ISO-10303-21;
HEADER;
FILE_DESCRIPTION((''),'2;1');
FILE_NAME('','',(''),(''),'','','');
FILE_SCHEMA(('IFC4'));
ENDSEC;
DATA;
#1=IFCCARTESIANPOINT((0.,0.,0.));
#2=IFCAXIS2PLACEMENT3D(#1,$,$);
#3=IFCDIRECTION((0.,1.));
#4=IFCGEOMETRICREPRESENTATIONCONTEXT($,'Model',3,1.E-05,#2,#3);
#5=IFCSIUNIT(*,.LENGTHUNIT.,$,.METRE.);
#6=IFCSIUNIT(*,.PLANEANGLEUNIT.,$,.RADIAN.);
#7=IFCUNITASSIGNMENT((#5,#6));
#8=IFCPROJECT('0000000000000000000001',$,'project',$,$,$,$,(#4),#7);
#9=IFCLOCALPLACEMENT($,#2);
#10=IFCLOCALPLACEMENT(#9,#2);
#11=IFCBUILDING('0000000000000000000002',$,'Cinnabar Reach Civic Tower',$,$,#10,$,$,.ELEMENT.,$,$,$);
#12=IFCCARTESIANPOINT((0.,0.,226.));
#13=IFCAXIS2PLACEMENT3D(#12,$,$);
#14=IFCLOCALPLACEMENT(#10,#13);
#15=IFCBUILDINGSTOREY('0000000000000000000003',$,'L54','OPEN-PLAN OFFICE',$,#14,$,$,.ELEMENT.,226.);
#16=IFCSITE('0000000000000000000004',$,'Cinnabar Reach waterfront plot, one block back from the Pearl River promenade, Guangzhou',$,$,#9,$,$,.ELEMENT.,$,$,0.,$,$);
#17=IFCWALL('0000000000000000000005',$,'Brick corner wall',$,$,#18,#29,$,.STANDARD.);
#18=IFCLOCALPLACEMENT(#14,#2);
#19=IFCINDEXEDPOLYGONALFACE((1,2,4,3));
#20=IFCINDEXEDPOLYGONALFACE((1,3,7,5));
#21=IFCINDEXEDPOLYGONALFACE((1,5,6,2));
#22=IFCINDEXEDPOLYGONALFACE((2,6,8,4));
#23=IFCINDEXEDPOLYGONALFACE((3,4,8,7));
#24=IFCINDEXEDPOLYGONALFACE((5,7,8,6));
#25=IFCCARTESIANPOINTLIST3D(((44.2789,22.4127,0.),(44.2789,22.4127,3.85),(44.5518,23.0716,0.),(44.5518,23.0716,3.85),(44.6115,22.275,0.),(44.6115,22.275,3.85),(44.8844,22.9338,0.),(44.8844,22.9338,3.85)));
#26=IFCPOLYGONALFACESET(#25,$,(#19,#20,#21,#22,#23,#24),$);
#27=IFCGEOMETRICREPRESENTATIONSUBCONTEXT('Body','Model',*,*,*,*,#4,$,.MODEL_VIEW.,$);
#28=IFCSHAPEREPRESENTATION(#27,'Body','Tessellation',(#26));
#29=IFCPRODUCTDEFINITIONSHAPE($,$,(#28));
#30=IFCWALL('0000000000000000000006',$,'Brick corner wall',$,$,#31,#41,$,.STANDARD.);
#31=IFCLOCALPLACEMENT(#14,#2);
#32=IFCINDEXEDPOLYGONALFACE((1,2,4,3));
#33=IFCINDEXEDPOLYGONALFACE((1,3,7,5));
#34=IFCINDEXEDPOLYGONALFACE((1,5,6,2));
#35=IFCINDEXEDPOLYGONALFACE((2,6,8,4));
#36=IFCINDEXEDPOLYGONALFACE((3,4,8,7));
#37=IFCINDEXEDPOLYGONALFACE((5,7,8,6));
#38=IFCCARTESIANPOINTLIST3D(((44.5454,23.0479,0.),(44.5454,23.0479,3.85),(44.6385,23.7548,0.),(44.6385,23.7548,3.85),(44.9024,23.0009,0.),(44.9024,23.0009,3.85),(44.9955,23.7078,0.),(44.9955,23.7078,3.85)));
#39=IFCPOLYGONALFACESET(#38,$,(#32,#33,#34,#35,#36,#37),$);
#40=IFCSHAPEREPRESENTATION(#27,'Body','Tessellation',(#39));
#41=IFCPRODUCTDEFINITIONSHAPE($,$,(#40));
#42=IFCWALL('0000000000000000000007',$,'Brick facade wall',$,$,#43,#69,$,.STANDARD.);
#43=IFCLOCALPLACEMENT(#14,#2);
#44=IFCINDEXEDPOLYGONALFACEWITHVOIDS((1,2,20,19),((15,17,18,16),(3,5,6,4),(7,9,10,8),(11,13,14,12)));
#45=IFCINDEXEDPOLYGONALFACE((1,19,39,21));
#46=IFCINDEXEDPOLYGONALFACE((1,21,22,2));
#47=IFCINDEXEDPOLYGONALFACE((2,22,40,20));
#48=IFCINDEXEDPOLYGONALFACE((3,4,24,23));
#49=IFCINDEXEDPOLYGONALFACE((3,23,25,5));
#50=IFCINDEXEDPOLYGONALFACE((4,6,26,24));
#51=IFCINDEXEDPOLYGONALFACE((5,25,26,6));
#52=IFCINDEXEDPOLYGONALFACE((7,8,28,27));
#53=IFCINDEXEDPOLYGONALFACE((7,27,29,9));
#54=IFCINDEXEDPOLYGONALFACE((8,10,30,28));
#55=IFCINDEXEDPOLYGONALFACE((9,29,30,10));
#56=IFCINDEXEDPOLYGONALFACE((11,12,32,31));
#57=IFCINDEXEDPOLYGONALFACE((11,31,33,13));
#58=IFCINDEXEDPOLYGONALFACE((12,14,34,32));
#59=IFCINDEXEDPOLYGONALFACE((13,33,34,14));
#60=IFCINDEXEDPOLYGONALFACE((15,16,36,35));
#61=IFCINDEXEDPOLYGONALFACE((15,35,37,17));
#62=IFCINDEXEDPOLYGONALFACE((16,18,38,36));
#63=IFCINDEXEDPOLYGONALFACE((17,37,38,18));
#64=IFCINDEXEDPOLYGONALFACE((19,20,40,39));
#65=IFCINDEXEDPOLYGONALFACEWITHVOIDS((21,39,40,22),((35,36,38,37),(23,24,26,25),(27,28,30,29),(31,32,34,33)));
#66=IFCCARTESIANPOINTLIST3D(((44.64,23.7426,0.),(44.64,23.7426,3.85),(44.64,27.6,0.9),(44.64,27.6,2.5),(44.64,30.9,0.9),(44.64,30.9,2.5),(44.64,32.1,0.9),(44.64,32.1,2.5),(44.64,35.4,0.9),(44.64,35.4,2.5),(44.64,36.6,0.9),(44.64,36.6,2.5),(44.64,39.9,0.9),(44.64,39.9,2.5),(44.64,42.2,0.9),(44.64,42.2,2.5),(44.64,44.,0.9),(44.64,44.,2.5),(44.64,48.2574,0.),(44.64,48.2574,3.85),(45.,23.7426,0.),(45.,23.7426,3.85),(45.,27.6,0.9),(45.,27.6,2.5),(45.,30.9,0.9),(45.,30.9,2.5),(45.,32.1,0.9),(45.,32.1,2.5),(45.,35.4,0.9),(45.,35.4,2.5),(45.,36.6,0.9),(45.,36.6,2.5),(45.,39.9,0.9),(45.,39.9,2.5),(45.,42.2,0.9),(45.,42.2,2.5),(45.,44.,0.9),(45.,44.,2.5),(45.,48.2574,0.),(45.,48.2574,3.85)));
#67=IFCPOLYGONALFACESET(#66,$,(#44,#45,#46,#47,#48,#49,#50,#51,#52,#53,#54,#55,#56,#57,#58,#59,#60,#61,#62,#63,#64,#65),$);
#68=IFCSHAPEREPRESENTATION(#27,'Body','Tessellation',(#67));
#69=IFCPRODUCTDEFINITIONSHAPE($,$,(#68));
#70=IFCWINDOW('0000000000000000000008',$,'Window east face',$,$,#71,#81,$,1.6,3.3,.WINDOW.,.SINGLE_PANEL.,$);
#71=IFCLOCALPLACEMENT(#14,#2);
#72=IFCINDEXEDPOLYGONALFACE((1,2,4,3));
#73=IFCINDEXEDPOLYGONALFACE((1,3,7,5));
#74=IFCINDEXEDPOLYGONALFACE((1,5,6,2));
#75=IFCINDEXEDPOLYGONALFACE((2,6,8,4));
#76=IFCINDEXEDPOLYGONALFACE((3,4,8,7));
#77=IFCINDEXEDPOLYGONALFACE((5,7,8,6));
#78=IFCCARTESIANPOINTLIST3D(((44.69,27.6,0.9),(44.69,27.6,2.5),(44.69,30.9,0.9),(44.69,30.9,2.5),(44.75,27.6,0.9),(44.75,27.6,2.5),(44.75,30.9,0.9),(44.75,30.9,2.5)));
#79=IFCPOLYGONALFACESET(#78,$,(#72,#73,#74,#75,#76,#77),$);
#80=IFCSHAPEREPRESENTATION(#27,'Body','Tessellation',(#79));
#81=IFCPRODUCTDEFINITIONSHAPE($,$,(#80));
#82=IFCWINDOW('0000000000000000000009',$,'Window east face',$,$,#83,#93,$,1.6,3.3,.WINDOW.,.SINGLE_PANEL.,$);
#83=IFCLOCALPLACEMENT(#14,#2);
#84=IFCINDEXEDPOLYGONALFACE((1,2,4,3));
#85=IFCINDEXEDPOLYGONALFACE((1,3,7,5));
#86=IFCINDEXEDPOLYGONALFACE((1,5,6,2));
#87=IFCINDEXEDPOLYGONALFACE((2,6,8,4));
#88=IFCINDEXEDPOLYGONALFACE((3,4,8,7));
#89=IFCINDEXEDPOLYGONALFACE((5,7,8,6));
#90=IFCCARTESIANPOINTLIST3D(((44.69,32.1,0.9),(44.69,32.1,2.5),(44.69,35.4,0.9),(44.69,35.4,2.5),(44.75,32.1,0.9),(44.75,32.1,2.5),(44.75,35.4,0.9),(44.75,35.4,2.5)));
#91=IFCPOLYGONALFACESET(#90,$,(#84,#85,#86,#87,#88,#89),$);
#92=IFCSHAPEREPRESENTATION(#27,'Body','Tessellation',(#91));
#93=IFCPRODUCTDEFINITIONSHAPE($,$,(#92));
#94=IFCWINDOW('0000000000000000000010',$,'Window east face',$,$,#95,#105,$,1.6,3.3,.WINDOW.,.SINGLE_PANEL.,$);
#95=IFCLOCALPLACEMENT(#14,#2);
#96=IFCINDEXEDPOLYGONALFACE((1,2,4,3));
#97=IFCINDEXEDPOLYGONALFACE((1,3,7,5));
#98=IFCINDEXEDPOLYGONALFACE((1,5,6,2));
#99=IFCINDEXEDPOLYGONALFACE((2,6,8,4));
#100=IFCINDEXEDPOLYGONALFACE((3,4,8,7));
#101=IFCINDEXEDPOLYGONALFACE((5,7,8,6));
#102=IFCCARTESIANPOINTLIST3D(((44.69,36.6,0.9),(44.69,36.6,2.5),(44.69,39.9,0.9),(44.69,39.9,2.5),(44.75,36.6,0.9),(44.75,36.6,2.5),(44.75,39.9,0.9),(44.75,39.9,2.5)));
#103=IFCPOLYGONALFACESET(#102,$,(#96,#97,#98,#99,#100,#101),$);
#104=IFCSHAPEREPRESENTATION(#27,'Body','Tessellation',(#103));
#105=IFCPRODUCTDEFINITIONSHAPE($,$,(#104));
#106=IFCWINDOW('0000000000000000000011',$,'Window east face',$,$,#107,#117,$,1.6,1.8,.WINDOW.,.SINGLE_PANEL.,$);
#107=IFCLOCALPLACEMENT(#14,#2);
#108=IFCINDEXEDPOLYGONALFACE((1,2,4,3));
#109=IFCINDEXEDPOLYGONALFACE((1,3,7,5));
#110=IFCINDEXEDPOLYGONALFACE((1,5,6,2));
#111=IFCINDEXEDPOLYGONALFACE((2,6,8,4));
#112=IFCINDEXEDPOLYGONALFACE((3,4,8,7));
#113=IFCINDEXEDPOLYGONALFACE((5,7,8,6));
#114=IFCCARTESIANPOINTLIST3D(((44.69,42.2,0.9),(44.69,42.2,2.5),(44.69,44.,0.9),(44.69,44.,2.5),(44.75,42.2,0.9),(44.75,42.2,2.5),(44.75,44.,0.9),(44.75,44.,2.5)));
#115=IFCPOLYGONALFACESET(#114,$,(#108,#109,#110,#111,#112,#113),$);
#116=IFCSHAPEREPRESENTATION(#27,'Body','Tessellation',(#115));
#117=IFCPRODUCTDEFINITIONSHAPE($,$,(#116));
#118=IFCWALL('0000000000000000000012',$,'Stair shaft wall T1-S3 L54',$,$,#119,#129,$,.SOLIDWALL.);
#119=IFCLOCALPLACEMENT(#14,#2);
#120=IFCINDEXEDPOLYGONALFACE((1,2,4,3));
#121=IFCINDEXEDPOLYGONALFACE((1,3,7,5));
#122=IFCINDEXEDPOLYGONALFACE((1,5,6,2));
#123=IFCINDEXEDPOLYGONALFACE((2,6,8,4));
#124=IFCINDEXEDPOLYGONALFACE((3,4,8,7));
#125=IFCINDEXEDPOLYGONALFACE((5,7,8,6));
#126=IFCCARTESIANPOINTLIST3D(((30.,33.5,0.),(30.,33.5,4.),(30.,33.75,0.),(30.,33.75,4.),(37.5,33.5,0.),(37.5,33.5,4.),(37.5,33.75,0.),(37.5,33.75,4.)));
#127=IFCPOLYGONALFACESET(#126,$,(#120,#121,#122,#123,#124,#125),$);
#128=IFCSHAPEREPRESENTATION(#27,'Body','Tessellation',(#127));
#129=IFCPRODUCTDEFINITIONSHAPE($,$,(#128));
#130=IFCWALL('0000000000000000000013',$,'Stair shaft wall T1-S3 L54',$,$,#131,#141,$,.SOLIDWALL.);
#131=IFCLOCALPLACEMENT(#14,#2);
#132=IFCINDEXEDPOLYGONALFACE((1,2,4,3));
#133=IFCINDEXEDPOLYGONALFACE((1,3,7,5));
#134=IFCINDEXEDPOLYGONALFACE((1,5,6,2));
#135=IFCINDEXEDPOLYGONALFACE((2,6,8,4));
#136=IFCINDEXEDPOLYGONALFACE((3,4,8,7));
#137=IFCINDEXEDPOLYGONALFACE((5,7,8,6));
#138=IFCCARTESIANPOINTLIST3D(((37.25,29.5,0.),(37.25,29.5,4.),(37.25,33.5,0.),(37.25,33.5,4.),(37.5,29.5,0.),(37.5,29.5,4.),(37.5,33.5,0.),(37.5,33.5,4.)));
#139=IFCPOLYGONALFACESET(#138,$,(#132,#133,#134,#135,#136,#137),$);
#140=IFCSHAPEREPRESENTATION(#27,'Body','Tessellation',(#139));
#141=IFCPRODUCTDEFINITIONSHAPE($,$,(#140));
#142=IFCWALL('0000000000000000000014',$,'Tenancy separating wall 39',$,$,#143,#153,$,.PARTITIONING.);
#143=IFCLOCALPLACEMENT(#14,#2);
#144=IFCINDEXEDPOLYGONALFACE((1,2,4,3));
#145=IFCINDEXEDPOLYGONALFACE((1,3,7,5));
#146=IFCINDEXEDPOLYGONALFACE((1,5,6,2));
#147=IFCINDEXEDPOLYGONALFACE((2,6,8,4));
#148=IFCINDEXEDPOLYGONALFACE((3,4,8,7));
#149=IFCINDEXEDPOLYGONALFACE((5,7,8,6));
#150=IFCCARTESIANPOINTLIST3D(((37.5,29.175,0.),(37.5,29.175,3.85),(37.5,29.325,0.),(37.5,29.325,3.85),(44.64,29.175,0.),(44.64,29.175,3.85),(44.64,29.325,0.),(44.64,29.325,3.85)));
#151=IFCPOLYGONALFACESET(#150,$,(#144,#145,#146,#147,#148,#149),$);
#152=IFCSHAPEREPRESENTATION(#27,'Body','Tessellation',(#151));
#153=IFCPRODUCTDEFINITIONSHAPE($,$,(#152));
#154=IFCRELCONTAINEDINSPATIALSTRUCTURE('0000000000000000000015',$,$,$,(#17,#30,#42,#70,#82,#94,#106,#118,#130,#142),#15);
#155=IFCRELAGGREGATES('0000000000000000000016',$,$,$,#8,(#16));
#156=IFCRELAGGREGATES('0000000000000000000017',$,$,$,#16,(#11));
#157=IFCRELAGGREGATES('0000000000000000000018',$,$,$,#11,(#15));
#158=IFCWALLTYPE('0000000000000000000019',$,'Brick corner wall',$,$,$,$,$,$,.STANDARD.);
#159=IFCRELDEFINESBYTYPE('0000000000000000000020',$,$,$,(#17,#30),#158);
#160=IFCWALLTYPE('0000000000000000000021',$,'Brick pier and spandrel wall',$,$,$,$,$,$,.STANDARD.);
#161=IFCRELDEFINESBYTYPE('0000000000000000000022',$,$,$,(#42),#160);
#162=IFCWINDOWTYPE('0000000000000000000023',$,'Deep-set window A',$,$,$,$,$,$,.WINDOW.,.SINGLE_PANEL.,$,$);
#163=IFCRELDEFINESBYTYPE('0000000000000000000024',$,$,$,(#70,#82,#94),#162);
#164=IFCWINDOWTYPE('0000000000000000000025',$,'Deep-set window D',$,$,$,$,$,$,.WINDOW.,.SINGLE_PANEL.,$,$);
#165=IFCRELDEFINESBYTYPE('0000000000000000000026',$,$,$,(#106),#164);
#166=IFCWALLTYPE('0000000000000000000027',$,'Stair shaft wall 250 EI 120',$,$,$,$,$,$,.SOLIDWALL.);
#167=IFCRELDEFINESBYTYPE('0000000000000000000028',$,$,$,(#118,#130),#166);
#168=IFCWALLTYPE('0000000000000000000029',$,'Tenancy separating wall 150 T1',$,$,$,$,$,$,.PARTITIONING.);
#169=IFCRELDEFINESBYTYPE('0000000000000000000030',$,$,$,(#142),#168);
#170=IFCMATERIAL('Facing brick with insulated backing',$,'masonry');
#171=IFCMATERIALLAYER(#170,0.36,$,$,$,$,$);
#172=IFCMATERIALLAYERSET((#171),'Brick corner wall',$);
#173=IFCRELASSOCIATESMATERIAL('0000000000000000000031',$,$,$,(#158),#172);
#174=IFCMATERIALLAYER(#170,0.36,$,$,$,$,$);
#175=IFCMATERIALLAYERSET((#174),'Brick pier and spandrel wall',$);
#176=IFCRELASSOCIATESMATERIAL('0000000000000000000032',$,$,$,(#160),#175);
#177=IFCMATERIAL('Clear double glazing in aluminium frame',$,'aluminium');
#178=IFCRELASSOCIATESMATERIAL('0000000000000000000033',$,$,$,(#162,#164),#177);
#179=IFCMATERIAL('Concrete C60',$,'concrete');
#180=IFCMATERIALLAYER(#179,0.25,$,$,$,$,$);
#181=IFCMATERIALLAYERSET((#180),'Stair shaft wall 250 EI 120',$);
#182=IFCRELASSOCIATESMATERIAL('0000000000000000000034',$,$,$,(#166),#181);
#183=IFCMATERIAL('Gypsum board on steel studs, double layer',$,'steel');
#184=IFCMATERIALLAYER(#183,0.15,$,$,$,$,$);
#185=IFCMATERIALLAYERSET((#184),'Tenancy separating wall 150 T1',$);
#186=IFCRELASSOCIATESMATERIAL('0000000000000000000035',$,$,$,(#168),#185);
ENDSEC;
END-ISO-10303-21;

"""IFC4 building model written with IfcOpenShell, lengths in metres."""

from ifc_helpers import new_model, si_unit, direction, frame, frame_2d, origin, place, context, subcontext, project, spatial, rectangle, extrude, material, layer, layer_set, type_object, element, fill, save


model = new_model("IFC4")

# Units and contexts
model_context = context("Model", 3, precision=1e-05, world=origin(), true_north=direction((0.0, 1.0)))
body_context = subcontext(model_context, "Body", "Model", "MODEL_VIEW")
ifc_project = project(units=[si_unit("LENGTHUNIT", "METRE"), si_unit("PLANEANGLEUNIT", "RADIAN")], contexts=[model_context])

# Site, building, storey
site_placement = place(None, origin())
site = spatial("IfcSite", under=ifc_project, at=site_placement, Name="Cinnabar Reach waterfront plot, one block back from the Pearl River promenade, Guangzhou", CompositionType="ELEMENT", RefElevation=0.0)
building_placement = place(site_placement, origin())
building = spatial("IfcBuilding", under=site, at=building_placement, Name="Cinnabar Reach Civic Tower", CompositionType="ELEMENT")
storey_placement = place(building_placement, frame((0.0, 0.0, 226.0)))
storey = spatial("IfcBuildingStorey", under=building, at=storey_placement, Name="L54", Description="OPEN-PLAN OFFICE", CompositionType="ELEMENT", Elevation=226.0)

# Shared definitions
ifc_material_1 = material(Name="Concrete C60", Category="concrete")

# Walls
ifc_material_2 = material(Name="Facing brick with insulated backing", Category="masonry")
ifc_layer_1 = layer(ifc_material_2, 0.36)
ifc_layer_set_1 = layer_set([ifc_layer_1], Name="Brick corner wall")
wall_type_1 = type_object("IfcWallType", Name="Brick corner wall", PredefinedType="STANDARD", material=ifc_layer_set_1)
for number, where, z_axis, x_axis, name in (
    (1, (44.4452, 22.3439, 0.0), (0.0, 0.0, 1.0), (0.382703, 0.923872, 0.0), "Brick corner wall"),
    (2, (44.7239, 23.0244, 0.0), (0.0, 0.0, 1.0), (0.130556, 0.991441, 0.0), "Brick corner wall"),
):
    element("IfcWall", number, at=place(storey_placement, frame(where, z_axis=z_axis, x_axis=x_axis)), inside=storey, type_object=wall_type_1, Name=name, PredefinedType="STANDARD", context=body_context, shape_type="SweptSolid", body=[
        extrude(rectangle(XDim=0.7131, YDim=0.36, at=frame_2d((0.3565, 0.0))), origin(), (0.0, 0.0, 1.0), 3.85),
    ])

# Wall, openings, windows
ifc_layer_2 = layer(ifc_material_2, 0.36)
ifc_layer_set_2 = layer_set([ifc_layer_2], Name="Brick pier and spandrel wall")
wall_type_2 = type_object("IfcWallType", Name="Brick pier and spandrel wall", PredefinedType="STANDARD", material=ifc_layer_set_2)
wall_1_placement = place(storey_placement, frame((44.82, 23.7426, 0.0), z_axis=(0.0, 0.0, 1.0), x_axis=(0.0, 1.0, 0.0)))
wall_1 = element("IfcWall", 3, at=wall_1_placement, inside=storey, type_object=wall_type_2, Name="Brick facade wall", PredefinedType="STANDARD", context=body_context, shape_type="SweptSolid", body=[
    extrude(rectangle(XDim=24.5148, YDim=0.36, at=frame_2d((12.2574, 0.0))), origin(), (0.0, 0.0, 1.0), 3.85),
])
opening_1_placement = place(wall_1_placement, frame((3.8574, 0.0, 0.9)))
opening_1 = element("IfcOpeningElement", 4, at=opening_1_placement, cuts=wall_1, PredefinedType="OPENING", context=body_context, shape_type="SweptSolid", body=[
    extrude(rectangle(XDim=3.3, YDim=1.6, at=frame_2d((1.65, 0.8))), frame((0.0, 0.19, 0.0), z_axis=(0.0, -1.0, 0.0), x_axis=(1.0, 0.0, 0.0)), (0.0, 0.0, 1.0), 0.38),
])
opening_2_placement = place(wall_1_placement, frame((8.3574, 0.0, 0.9)))
opening_2 = element("IfcOpeningElement", 5, at=opening_2_placement, cuts=wall_1, PredefinedType="OPENING", context=body_context, shape_type="SweptSolid", body=[
    extrude(rectangle(XDim=3.3, YDim=1.6, at=frame_2d((1.65, 0.8))), frame((0.0, 0.19, 0.0), z_axis=(0.0, -1.0, 0.0), x_axis=(1.0, 0.0, 0.0)), (0.0, 0.0, 1.0), 0.38),
])
opening_3_placement = place(wall_1_placement, frame((12.8574, 0.0, 0.9)))
opening_3 = element("IfcOpeningElement", 6, at=opening_3_placement, cuts=wall_1, PredefinedType="OPENING", context=body_context, shape_type="SweptSolid", body=[
    extrude(rectangle(XDim=3.3, YDim=1.6, at=frame_2d((1.65, 0.8))), frame((0.0, 0.19, 0.0), z_axis=(0.0, -1.0, 0.0), x_axis=(1.0, 0.0, 0.0)), (0.0, 0.0, 1.0), 0.38),
])
opening_4_placement = place(wall_1_placement, frame((18.4574, 0.0, 0.9)))
opening_4 = element("IfcOpeningElement", 7, at=opening_4_placement, cuts=wall_1, PredefinedType="OPENING", context=body_context, shape_type="SweptSolid", body=[
    extrude(rectangle(XDim=1.8, YDim=1.6, at=frame_2d((0.9, 0.8))), frame((0.0, 0.19, 0.0), z_axis=(0.0, -1.0, 0.0), x_axis=(1.0, 0.0, 0.0)), (0.0, 0.0, 1.0), 0.38),
])
ifc_material_3 = material(Name="Clear double glazing in aluminium frame", Category="aluminium")
window_type_1 = type_object("IfcWindowType", Name="Deep-set window A", PartitioningType="SINGLE_PANEL", PredefinedType="WINDOW", material=ifc_material_3)
window_1_placement = place(opening_1_placement, origin())
window_1 = element("IfcWindow", 8, at=window_1_placement, inside=storey, type_object=window_type_1, Name="Window east face", OverallHeight=1.6, OverallWidth=3.3, PartitioningType="SINGLE_PANEL", PredefinedType="WINDOW", context=body_context, shape_type="SweptSolid", body=[
    extrude(rectangle(XDim=3.3, YDim=1.6, at=frame_2d((1.65, 0.8))), frame((0.0, 0.13, 0.0), z_axis=(0.0, -1.0, 0.0), x_axis=(1.0, 0.0, 0.0)), (0.0, 0.0, 1.0), 0.06),
])
fill(opening_1, window_1)
window_2_placement = place(opening_2_placement, origin())
window_2 = element("IfcWindow", 9, at=window_2_placement, inside=storey, type_object=window_type_1, Name="Window east face", OverallHeight=1.6, OverallWidth=3.3, PartitioningType="SINGLE_PANEL", PredefinedType="WINDOW", context=body_context, shape_type="SweptSolid", body=[
    extrude(rectangle(XDim=3.3, YDim=1.6, at=frame_2d((1.65, 0.8))), frame((0.0, 0.13, 0.0), z_axis=(0.0, -1.0, 0.0), x_axis=(1.0, 0.0, 0.0)), (0.0, 0.0, 1.0), 0.06),
])
fill(opening_2, window_2)
window_3_placement = place(opening_3_placement, origin())
window_3 = element("IfcWindow", 10, at=window_3_placement, inside=storey, type_object=window_type_1, Name="Window east face", OverallHeight=1.6, OverallWidth=3.3, PartitioningType="SINGLE_PANEL", PredefinedType="WINDOW", context=body_context, shape_type="SweptSolid", body=[
    extrude(rectangle(XDim=3.3, YDim=1.6, at=frame_2d((1.65, 0.8))), frame((0.0, 0.13, 0.0), z_axis=(0.0, -1.0, 0.0), x_axis=(1.0, 0.0, 0.0)), (0.0, 0.0, 1.0), 0.06),
])
fill(opening_3, window_3)
window_type_2 = type_object("IfcWindowType", Name="Deep-set window D", PartitioningType="SINGLE_PANEL", PredefinedType="WINDOW", material=ifc_material_3)
window_4_placement = place(opening_4_placement, origin())
window_4 = element("IfcWindow", 11, at=window_4_placement, inside=storey, type_object=window_type_2, Name="Window east face", OverallHeight=1.6, OverallWidth=1.8, PartitioningType="SINGLE_PANEL", PredefinedType="WINDOW", context=body_context, shape_type="SweptSolid", body=[
    extrude(rectangle(XDim=1.8, YDim=1.6, at=frame_2d((0.9, 0.8))), frame((0.0, 0.13, 0.0), z_axis=(0.0, -1.0, 0.0), x_axis=(1.0, 0.0, 0.0)), (0.0, 0.0, 1.0), 0.06),
])
fill(opening_4, window_4)

# Walls
ifc_layer_3 = layer(ifc_material_1, 0.25)
ifc_layer_set_3 = layer_set([ifc_layer_3], Name="Stair shaft wall 250 EI 120")
wall_type_3 = type_object("IfcWallType", Name="Stair shaft wall 250 EI 120", PredefinedType="SOLIDWALL", material=ifc_layer_set_3)
wall_2_placement = place(storey_placement, frame((37.5, 33.625, 0.0), z_axis=(0.0, 0.0, 1.0), x_axis=(-1.0, 0.0, 0.0)))
element("IfcWall", 12, at=wall_2_placement, inside=storey, type_object=wall_type_3, Name="Stair shaft wall T1-S3 L54", PredefinedType="SOLIDWALL", context=body_context, shape_type="SweptSolid", body=[
    extrude(rectangle(XDim=7.5, YDim=0.25, at=frame_2d((3.75, 0.0))), origin(), (0.0, 0.0, 1.0), 4.0),
])
wall_3_placement = place(storey_placement, frame((37.375, 29.5, 0.0), z_axis=(0.0, 0.0, 1.0), x_axis=(0.0, 1.0, 0.0)))
element("IfcWall", 13, at=wall_3_placement, inside=storey, type_object=wall_type_3, Name="Stair shaft wall T1-S3 L54", PredefinedType="SOLIDWALL", context=body_context, shape_type="SweptSolid", body=[
    extrude(rectangle(XDim=4.0, YDim=0.25, at=frame_2d((2.0, 0.0))), origin(), (0.0, 0.0, 1.0), 4.0),
])
ifc_material_4 = material(Name="Gypsum board on steel studs, double layer", Category="steel")
ifc_layer_4 = layer(ifc_material_4, 0.15)
ifc_layer_set_4 = layer_set([ifc_layer_4], Name="Tenancy separating wall 150 T1")
wall_type_4 = type_object("IfcWallType", Name="Tenancy separating wall 150 T1", PredefinedType="PARTITIONING", material=ifc_layer_set_4)
wall_4_placement = place(storey_placement, frame((37.5, 29.25, 0.0), z_axis=(0.0, 0.0, 1.0), x_axis=(1.0, 0.0, 0.0)))
element("IfcWall", 14, at=wall_4_placement, inside=storey, type_object=wall_type_4, Name="Tenancy separating wall 39", PredefinedType="PARTITIONING", context=body_context, shape_type="SweptSolid", body=[
    extrude(rectangle(XDim=7.14, YDim=0.15, at=frame_2d((3.57, 0.0))), origin(), (0.0, 0.0, 1.0), 3.85),
])

save(model, "model.ifc")
